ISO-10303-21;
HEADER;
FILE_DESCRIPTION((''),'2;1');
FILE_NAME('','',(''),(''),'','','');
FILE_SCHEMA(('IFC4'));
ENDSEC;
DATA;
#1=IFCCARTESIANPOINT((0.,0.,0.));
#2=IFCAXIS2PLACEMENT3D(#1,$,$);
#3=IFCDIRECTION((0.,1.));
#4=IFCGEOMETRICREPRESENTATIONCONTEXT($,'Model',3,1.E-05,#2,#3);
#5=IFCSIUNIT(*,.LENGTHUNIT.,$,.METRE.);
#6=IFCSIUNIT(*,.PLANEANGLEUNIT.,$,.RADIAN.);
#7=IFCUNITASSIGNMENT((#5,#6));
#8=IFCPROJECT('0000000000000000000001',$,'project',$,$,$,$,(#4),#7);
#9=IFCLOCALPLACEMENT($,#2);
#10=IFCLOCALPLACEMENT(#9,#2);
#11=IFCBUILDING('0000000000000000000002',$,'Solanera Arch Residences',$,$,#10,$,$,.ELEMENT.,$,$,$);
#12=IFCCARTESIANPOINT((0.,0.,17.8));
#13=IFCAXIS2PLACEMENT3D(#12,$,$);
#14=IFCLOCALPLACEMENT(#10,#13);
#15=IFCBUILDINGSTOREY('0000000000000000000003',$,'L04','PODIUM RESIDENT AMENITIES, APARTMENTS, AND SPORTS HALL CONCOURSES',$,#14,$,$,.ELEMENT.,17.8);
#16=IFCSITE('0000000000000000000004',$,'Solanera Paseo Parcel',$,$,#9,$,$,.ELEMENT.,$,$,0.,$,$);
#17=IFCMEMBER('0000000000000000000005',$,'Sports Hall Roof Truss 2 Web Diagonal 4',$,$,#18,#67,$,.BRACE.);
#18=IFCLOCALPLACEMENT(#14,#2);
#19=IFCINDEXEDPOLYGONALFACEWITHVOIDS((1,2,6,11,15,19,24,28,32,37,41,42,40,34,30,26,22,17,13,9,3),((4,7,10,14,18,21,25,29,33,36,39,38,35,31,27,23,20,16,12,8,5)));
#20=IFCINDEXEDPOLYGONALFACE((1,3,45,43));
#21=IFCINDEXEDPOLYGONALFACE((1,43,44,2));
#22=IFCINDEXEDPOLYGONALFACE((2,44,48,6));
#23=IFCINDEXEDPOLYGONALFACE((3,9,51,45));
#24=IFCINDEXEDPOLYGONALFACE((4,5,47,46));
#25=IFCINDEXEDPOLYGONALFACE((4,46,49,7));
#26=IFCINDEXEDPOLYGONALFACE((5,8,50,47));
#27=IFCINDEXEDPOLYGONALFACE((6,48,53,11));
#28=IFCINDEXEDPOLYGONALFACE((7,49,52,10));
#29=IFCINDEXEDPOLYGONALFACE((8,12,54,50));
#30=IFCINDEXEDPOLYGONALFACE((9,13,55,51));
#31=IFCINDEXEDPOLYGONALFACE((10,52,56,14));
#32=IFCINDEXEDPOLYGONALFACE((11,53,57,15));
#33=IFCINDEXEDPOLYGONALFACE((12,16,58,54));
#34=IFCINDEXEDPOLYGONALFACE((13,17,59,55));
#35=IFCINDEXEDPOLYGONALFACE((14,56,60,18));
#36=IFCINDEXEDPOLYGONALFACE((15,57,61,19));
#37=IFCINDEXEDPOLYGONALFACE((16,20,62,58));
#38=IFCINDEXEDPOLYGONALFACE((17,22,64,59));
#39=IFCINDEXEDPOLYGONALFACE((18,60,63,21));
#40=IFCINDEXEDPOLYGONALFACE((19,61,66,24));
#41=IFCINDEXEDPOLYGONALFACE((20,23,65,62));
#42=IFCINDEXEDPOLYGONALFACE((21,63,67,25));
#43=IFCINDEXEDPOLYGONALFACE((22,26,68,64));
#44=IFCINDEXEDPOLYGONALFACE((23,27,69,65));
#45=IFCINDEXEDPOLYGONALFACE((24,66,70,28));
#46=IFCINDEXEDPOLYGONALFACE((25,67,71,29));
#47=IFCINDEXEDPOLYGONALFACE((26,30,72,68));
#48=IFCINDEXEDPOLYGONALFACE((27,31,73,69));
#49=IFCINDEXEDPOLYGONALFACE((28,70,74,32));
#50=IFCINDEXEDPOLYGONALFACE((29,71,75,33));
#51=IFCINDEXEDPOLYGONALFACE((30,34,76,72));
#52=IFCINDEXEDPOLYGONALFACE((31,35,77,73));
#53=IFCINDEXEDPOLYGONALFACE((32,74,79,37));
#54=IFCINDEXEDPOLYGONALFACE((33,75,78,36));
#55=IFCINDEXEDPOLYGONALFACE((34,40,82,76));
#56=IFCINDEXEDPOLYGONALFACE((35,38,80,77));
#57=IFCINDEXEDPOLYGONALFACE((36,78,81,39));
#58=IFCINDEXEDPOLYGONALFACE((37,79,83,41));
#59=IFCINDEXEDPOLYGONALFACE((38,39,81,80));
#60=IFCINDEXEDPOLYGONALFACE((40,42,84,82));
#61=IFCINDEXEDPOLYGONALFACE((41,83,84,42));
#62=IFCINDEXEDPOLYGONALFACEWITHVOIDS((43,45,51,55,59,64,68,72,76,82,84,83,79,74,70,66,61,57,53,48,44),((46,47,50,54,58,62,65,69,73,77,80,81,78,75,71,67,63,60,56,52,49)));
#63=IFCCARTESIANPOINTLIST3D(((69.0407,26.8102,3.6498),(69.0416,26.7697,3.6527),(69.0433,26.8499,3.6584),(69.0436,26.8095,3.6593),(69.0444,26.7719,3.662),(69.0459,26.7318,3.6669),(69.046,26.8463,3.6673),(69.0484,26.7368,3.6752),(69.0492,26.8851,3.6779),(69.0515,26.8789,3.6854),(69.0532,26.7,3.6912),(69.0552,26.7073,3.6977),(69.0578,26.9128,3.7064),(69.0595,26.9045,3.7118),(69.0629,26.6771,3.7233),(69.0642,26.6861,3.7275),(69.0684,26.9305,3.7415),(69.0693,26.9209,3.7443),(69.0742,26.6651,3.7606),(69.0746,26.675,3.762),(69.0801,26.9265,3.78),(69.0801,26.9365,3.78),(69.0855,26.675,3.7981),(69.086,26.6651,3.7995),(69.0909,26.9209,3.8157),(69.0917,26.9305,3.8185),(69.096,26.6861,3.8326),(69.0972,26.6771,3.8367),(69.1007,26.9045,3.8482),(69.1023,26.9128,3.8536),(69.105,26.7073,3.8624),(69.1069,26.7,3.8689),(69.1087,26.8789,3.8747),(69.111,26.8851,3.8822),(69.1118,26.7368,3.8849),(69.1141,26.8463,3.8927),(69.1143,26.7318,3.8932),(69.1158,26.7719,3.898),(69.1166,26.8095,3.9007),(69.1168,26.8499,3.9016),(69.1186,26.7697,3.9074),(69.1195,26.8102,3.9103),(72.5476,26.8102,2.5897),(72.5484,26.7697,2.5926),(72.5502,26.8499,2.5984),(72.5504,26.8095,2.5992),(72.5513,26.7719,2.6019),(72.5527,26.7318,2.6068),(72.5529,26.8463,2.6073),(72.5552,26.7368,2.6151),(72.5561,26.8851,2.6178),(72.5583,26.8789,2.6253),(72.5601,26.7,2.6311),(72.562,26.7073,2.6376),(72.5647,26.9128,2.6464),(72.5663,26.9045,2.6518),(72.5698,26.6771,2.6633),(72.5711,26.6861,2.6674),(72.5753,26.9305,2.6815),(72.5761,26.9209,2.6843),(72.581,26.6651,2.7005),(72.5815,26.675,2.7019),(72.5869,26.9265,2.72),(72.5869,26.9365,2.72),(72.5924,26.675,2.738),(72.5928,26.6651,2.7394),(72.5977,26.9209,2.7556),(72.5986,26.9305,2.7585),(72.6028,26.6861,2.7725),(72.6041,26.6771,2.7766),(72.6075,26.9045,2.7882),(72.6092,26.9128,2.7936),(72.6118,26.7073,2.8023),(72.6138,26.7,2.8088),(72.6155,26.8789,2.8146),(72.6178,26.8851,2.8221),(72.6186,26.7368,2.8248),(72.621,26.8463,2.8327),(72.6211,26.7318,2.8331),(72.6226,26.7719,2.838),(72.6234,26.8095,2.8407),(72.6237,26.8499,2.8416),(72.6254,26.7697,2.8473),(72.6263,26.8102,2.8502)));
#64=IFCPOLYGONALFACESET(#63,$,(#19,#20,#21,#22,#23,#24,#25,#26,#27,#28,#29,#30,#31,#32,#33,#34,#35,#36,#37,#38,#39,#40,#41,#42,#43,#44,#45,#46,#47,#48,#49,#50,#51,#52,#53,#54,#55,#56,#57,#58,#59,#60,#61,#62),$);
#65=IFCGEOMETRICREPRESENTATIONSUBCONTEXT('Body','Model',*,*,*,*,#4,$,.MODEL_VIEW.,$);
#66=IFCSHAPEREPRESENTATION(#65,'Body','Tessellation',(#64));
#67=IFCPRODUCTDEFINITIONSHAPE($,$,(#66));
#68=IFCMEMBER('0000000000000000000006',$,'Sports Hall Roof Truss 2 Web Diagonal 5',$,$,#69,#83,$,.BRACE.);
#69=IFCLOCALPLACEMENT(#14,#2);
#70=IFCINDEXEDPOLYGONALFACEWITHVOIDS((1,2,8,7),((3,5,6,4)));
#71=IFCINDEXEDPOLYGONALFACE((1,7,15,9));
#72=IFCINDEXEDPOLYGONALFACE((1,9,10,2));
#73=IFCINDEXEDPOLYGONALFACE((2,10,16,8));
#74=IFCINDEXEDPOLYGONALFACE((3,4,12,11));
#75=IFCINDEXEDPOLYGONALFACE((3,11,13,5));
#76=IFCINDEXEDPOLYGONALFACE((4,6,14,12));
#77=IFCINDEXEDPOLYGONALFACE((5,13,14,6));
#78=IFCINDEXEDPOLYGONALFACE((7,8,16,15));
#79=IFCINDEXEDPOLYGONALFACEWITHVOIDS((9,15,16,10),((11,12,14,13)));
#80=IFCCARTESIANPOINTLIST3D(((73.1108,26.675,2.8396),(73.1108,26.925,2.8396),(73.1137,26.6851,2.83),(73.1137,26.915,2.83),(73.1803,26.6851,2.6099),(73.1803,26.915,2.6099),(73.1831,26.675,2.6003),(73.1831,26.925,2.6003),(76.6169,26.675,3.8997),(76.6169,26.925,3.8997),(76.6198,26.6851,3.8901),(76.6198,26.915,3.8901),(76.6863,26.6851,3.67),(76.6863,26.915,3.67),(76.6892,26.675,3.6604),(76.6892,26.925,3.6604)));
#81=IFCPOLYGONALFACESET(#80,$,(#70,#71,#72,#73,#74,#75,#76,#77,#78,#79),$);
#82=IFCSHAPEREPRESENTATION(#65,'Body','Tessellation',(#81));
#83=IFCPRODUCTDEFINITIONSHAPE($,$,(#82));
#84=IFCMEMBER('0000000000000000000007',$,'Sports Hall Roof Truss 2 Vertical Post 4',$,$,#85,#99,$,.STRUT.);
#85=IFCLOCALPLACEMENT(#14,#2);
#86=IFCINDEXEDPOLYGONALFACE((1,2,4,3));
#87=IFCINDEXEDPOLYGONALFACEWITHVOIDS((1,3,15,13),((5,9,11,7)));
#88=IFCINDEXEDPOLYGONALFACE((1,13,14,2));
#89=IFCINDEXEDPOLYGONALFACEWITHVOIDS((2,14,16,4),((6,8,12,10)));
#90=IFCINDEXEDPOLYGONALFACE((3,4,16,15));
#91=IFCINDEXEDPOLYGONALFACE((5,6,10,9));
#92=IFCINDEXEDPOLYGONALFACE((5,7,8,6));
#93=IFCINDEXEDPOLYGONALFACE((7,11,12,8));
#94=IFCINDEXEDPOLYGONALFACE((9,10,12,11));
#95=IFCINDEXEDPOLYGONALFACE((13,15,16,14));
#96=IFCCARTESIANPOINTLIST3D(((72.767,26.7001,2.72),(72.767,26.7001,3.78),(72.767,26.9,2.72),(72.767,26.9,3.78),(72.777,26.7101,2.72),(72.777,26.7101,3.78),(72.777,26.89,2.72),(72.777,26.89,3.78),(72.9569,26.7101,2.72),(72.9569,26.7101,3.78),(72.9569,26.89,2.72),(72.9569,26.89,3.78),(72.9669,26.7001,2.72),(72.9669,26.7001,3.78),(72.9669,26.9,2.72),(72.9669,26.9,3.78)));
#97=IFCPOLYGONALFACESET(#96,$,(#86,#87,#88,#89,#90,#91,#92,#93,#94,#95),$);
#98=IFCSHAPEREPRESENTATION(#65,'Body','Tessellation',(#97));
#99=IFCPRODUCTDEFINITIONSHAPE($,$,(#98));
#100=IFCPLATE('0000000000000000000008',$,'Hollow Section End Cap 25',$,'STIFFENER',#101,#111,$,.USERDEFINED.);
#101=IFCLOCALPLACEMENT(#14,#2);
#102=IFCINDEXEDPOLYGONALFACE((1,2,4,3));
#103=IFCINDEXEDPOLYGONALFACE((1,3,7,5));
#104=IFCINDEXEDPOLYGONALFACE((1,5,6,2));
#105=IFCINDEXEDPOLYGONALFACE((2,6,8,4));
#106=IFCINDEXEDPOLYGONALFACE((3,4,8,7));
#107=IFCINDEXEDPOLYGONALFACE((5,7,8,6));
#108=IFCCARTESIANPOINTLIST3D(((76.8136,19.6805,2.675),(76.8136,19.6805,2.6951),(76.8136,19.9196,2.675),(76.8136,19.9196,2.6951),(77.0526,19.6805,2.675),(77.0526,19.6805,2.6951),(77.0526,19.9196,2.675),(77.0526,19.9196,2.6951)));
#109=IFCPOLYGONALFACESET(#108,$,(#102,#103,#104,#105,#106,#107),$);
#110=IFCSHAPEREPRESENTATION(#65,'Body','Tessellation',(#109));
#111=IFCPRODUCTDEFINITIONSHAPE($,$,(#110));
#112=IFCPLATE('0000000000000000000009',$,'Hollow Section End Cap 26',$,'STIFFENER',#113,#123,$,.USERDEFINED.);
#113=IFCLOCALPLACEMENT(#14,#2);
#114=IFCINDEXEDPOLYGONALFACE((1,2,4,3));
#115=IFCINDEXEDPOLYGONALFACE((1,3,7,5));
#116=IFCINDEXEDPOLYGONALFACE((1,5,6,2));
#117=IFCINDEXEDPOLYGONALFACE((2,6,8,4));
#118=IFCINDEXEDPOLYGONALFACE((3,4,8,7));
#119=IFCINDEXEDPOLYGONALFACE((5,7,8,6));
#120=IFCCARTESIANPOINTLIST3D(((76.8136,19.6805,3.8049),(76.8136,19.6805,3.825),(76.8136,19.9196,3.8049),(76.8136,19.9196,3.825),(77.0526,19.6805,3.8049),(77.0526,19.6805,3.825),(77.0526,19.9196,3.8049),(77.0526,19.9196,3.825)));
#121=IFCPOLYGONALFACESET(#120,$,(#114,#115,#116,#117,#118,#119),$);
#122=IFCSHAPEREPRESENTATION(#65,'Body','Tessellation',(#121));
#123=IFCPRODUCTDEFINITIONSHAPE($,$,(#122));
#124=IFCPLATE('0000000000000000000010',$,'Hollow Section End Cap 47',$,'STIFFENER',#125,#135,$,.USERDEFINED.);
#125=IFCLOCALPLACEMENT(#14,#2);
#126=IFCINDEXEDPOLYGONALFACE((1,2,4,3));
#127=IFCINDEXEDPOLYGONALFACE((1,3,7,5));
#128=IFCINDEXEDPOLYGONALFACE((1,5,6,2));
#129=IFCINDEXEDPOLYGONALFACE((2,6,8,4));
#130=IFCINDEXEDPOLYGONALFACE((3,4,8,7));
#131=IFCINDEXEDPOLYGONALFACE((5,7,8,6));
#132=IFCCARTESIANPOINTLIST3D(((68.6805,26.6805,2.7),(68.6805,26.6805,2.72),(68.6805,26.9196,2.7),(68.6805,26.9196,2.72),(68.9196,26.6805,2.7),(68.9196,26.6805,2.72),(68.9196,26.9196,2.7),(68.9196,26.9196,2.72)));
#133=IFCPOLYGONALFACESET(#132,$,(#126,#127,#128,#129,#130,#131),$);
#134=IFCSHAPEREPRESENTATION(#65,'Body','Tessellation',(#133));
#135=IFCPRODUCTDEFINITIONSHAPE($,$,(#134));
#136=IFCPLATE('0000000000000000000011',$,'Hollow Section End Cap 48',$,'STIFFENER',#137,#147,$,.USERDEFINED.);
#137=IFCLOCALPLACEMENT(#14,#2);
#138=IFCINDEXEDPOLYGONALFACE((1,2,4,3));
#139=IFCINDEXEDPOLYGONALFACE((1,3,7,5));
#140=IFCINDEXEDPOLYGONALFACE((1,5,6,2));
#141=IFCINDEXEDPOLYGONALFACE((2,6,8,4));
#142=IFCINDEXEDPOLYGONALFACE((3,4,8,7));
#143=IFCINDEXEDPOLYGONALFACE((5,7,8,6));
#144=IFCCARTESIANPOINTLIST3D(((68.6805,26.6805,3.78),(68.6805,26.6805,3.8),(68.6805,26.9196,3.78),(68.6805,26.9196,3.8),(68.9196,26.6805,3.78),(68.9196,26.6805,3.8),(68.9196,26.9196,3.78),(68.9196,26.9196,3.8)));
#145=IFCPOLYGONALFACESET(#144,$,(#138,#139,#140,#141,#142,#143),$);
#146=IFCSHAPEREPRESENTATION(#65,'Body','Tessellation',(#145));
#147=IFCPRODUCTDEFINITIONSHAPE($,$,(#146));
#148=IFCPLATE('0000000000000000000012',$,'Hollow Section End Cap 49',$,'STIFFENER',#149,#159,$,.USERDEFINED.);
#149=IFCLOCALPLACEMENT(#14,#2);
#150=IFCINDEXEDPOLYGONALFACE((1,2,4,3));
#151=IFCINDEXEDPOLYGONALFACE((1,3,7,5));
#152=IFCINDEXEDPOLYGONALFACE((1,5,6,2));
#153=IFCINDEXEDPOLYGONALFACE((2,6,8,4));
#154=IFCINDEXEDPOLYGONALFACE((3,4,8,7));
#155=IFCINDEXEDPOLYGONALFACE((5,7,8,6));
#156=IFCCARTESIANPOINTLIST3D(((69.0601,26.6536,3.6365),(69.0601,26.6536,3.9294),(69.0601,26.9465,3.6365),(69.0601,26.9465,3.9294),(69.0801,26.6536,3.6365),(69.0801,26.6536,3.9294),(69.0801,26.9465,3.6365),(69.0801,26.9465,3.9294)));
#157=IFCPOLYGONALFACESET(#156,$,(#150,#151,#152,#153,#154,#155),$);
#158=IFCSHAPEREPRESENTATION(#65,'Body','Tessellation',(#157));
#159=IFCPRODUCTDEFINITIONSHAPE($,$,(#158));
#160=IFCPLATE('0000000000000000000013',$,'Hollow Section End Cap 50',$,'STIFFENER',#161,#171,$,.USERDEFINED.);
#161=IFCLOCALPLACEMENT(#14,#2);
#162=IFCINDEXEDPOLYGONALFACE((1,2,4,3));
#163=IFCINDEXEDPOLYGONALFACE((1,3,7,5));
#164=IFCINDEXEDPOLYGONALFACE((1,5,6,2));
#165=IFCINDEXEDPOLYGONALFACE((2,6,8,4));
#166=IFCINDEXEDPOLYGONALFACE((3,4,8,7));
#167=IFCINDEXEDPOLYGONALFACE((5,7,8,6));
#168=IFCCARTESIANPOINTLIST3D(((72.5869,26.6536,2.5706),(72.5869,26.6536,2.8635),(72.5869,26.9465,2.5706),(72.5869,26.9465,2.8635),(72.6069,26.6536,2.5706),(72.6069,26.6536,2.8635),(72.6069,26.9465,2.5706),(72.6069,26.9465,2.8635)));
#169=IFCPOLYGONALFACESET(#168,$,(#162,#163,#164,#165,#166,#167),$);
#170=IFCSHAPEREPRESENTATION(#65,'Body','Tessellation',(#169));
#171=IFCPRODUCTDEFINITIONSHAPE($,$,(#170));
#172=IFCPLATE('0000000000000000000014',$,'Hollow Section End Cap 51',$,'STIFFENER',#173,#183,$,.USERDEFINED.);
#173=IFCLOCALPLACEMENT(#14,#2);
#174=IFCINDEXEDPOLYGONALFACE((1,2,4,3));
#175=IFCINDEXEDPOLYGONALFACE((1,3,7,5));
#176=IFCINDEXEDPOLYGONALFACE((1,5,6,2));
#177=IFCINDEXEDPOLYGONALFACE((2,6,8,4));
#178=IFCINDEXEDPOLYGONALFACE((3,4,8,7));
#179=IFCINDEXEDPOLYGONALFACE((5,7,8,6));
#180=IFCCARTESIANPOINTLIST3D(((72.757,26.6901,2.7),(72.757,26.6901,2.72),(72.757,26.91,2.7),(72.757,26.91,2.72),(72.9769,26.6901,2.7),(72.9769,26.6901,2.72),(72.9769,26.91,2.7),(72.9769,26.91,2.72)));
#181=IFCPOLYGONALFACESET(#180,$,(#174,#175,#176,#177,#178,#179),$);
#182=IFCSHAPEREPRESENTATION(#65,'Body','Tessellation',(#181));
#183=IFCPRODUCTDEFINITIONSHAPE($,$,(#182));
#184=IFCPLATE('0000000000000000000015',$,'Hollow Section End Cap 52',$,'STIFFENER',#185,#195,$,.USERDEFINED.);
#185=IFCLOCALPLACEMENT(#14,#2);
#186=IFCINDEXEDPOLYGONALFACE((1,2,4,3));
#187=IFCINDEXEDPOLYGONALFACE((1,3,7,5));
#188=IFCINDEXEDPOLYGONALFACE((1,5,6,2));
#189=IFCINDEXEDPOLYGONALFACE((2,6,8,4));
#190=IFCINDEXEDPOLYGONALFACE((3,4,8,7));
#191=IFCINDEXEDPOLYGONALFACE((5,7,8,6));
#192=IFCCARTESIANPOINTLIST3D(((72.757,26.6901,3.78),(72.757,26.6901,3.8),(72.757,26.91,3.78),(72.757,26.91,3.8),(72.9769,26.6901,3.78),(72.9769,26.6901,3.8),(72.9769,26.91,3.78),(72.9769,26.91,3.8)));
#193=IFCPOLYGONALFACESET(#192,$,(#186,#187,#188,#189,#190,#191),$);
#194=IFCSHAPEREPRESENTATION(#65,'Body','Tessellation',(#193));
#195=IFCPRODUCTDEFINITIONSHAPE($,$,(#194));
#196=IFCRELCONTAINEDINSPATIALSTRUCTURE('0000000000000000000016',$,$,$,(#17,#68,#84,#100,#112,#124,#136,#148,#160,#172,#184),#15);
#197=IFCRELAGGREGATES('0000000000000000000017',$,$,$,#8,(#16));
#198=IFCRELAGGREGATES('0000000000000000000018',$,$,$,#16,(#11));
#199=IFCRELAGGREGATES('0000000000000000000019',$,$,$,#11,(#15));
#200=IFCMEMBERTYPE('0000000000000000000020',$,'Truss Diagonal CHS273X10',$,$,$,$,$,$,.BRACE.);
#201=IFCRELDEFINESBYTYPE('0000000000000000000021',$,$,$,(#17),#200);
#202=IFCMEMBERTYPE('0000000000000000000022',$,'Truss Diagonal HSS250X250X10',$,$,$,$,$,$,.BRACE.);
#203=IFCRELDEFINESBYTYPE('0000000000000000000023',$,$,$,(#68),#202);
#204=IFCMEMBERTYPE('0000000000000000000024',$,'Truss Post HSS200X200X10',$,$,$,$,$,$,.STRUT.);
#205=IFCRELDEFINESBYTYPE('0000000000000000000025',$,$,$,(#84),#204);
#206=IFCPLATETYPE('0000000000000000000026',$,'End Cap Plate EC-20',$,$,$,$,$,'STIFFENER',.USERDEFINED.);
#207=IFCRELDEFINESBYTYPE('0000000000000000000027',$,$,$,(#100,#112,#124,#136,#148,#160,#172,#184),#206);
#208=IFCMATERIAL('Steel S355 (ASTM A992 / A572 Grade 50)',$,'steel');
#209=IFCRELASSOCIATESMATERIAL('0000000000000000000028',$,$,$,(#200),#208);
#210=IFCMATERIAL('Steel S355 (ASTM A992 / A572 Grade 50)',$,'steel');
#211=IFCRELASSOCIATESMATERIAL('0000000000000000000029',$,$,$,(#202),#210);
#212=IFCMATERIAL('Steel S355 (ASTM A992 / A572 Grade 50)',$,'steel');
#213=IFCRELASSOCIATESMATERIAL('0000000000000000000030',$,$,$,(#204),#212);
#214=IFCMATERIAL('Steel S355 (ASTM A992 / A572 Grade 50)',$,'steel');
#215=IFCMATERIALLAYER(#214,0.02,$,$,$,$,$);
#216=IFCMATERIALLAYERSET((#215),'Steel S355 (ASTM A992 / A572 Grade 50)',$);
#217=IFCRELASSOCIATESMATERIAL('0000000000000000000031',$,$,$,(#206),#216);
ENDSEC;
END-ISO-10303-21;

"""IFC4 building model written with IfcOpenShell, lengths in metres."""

from ifc_helpers import new_model, si_unit, direction, frame, origin, origin_2d, place, context, subcontext, project, spatial, rectangle, hollow_rectangle, hollow_circle, extrude, material, layer, layer_set, material_profile, profile_set, type_object, element, save


model = new_model("IFC4")

# Units and contexts
model_context = context("Model", 3, precision=1e-05, world=origin(), true_north=direction((0.0, 1.0)))
body_context = subcontext(model_context, "Body", "Model", "MODEL_VIEW")
ifc_project = project(units=[si_unit("LENGTHUNIT", "METRE"), si_unit("PLANEANGLEUNIT", "RADIAN")], contexts=[model_context])

# Site, building, storey
site_placement = place(None, origin())
site = spatial("IfcSite", under=ifc_project, at=site_placement, Name="Solanera Paseo Parcel", CompositionType="ELEMENT", RefElevation=0.0)
building_placement = place(site_placement, origin())
building = spatial("IfcBuilding", under=site, at=building_placement, Name="Solanera Arch Residences", CompositionType="ELEMENT")
storey_placement = place(building_placement, frame((0.0, 0.0, 17.8)))
storey = spatial("IfcBuildingStorey", under=building, at=storey_placement, Name="L04", Description="PODIUM RESIDENT AMENITIES, APARTMENTS, AND SPORTS HALL CONCOURSES", CompositionType="ELEMENT", Elevation=17.8)

# Members
ifc_material_1 = material(Name="Steel S355 (ASTM A992 / A572 Grade 50)", Category="steel")
ifc_material_profile_1 = material_profile(ifc_material_1, hollow_circle(Radius=0.1365, WallThickness=0.01, at=origin_2d()))
ifc_profile_set_1 = profile_set([ifc_material_profile_1], Name="Steel S355 (ASTM A992 / A572 Grade 50)")
member_type_1 = type_object("IfcMemberType", Name="Truss Diagonal CHS273X10", PredefinedType="BRACE", material=ifc_profile_set_1)
member_1_placement = place(storey_placement, frame((69.0801, 26.8, 3.78), z_axis=(0.957223, 0.0, -0.289353), x_axis=(0.0, 1.0, 0.0)))
element("IfcMember", 1, at=member_1_placement, inside=storey, type_object=member_type_1, Name="Sports Hall Roof Truss 2 Web Diagonal 4", PredefinedType="BRACE", context=body_context, shape_type="SweptSolid", body=[
    extrude(hollow_circle(Radius=0.1365, WallThickness=0.01, at=origin_2d()), origin(), (0.0, 0.0, 1.0), 3.6636),
])
ifc_material_2 = material(Name="Steel S355 (ASTM A992 / A572 Grade 50)", Category="steel")
ifc_material_profile_2 = material_profile(ifc_material_2, hollow_rectangle(XDim=0.25, YDim=0.25, WallThickness=0.01, at=origin_2d()))
ifc_profile_set_2 = profile_set([ifc_material_profile_2], Name="Steel S355 (ASTM A992 / A572 Grade 50)")
member_type_2 = type_object("IfcMemberType", Name="Truss Diagonal HSS250X250X10", PredefinedType="BRACE", material=ifc_profile_set_2)
member_2_placement = place(storey_placement, frame((73.147, 26.8, 2.72), z_axis=(0.957206, 0.0, 0.289408), x_axis=(0.0, 1.0, 0.0)))
element("IfcMember", 2, at=member_2_placement, inside=storey, type_object=member_type_2, Name="Sports Hall Roof Truss 2 Web Diagonal 5", PredefinedType="BRACE", context=body_context, shape_type="SweptSolid", body=[
    extrude(hollow_rectangle(XDim=0.25, YDim=0.25, WallThickness=0.01, at=origin_2d()), origin(), (0.0, 0.0, 1.0), 3.6628),
])
ifc_material_3 = material(Name="Steel S355 (ASTM A992 / A572 Grade 50)", Category="steel")
ifc_material_profile_3 = material_profile(ifc_material_3, hollow_rectangle(XDim=0.2, YDim=0.2, WallThickness=0.01, at=origin_2d()))
ifc_profile_set_3 = profile_set([ifc_material_profile_3], Name="Steel S355 (ASTM A992 / A572 Grade 50)")
member_type_3 = type_object("IfcMemberType", Name="Truss Post HSS200X200X10", PredefinedType="STRUT", material=ifc_profile_set_3)
member_3_placement = place(storey_placement, frame((72.8669, 26.8, 2.72), z_axis=(0.0, 0.0, 1.0), x_axis=(1.0, 0.0, 0.0)))
element("IfcMember", 3, at=member_3_placement, inside=storey, type_object=member_type_3, Name="Sports Hall Roof Truss 2 Vertical Post 4", PredefinedType="STRUT", context=body_context, shape_type="SweptSolid", body=[
    extrude(hollow_rectangle(XDim=0.2, YDim=0.2, WallThickness=0.01, at=origin_2d()), origin(), (0.0, 0.0, 1.0), 1.0601),
])

# Plates
ifc_material_4 = material(Name="Steel S355 (ASTM A992 / A572 Grade 50)", Category="steel")
ifc_layer_1 = layer(ifc_material_4, 0.02)
ifc_layer_set_1 = layer_set([ifc_layer_1], Name="Steel S355 (ASTM A992 / A572 Grade 50)")
plate_type_1 = type_object("IfcPlateType", Name="End Cap Plate EC-20", ElementType="STIFFENER", PredefinedType="USERDEFINED", material=ifc_layer_set_1)
for number, where, z_axis, x_axis, name in (
    (4, (76.9331, 19.8, 2.675), (0.0, 0.0, 1.0), (1.0, 0.0, 0.0), "Hollow Section End Cap 25"),
    (5, (76.9331, 19.8, 3.8049), (0.0, 0.0, 1.0), (1.0, 0.0, 0.0), "Hollow Section End Cap 26"),
    (6, (68.8, 26.8, 2.7), (0.0, 0.0, 1.0), (1.0, 0.0, 0.0), "Hollow Section End Cap 47"),
    (7, (68.8, 26.8, 3.78), (0.0, 0.0, 1.0), (1.0, 0.0, 0.0), "Hollow Section End Cap 48"),
):
    element("IfcPlate", number, at=place(storey_placement, frame(where, z_axis=z_axis, x_axis=x_axis)), inside=storey, type_object=plate_type_1, Name=name, ObjectType="STIFFENER", PredefinedType="USERDEFINED", context=body_context, shape_type="SweptSolid", body=[
        extrude(rectangle(XDim=0.239, YDim=0.239, at=origin_2d()), origin(), (0.0, 0.0, 1.0), 0.02),
    ])
for number, where, z_axis, x_axis, name in (
    (8, (69.0701, 26.8, 3.6365), (0.0, 0.0, 1.0), (-1.0, 0.0, 0.0), "Hollow Section End Cap 49"),
    (9, (72.5969, 26.8, 2.5706), (0.0, 0.0, 1.0), (1.0, 0.0, 0.0), "Hollow Section End Cap 50"),
):
    element("IfcPlate", number, at=place(storey_placement, frame(where, z_axis=z_axis, x_axis=x_axis)), inside=storey, type_object=plate_type_1, Name=name, ObjectType="STIFFENER", PredefinedType="USERDEFINED", context=body_context, shape_type="SweptSolid", body=[
        extrude(rectangle(XDim=0.02, YDim=0.293, at=origin_2d()), origin(), (0.0, 0.0, 1.0), 0.293),
    ])
for number, where, z_axis, x_axis, name in (
    (10, (72.8669, 26.8, 2.7), (0.0, 0.0, 1.0), (1.0, 0.0, 0.0), "Hollow Section End Cap 51"),
    (11, (72.8669, 26.8, 3.78), (0.0, 0.0, 1.0), (1.0, 0.0, 0.0), "Hollow Section End Cap 52"),
):
    element("IfcPlate", number, at=place(storey_placement, frame(where, z_axis=z_axis, x_axis=x_axis)), inside=storey, type_object=plate_type_1, Name=name, ObjectType="STIFFENER", PredefinedType="USERDEFINED", context=body_context, shape_type="SweptSolid", body=[
        extrude(rectangle(XDim=0.22, YDim=0.22, at=origin_2d()), origin(), (0.0, 0.0, 1.0), 0.02),
    ])

save(model, "model.ifc")
